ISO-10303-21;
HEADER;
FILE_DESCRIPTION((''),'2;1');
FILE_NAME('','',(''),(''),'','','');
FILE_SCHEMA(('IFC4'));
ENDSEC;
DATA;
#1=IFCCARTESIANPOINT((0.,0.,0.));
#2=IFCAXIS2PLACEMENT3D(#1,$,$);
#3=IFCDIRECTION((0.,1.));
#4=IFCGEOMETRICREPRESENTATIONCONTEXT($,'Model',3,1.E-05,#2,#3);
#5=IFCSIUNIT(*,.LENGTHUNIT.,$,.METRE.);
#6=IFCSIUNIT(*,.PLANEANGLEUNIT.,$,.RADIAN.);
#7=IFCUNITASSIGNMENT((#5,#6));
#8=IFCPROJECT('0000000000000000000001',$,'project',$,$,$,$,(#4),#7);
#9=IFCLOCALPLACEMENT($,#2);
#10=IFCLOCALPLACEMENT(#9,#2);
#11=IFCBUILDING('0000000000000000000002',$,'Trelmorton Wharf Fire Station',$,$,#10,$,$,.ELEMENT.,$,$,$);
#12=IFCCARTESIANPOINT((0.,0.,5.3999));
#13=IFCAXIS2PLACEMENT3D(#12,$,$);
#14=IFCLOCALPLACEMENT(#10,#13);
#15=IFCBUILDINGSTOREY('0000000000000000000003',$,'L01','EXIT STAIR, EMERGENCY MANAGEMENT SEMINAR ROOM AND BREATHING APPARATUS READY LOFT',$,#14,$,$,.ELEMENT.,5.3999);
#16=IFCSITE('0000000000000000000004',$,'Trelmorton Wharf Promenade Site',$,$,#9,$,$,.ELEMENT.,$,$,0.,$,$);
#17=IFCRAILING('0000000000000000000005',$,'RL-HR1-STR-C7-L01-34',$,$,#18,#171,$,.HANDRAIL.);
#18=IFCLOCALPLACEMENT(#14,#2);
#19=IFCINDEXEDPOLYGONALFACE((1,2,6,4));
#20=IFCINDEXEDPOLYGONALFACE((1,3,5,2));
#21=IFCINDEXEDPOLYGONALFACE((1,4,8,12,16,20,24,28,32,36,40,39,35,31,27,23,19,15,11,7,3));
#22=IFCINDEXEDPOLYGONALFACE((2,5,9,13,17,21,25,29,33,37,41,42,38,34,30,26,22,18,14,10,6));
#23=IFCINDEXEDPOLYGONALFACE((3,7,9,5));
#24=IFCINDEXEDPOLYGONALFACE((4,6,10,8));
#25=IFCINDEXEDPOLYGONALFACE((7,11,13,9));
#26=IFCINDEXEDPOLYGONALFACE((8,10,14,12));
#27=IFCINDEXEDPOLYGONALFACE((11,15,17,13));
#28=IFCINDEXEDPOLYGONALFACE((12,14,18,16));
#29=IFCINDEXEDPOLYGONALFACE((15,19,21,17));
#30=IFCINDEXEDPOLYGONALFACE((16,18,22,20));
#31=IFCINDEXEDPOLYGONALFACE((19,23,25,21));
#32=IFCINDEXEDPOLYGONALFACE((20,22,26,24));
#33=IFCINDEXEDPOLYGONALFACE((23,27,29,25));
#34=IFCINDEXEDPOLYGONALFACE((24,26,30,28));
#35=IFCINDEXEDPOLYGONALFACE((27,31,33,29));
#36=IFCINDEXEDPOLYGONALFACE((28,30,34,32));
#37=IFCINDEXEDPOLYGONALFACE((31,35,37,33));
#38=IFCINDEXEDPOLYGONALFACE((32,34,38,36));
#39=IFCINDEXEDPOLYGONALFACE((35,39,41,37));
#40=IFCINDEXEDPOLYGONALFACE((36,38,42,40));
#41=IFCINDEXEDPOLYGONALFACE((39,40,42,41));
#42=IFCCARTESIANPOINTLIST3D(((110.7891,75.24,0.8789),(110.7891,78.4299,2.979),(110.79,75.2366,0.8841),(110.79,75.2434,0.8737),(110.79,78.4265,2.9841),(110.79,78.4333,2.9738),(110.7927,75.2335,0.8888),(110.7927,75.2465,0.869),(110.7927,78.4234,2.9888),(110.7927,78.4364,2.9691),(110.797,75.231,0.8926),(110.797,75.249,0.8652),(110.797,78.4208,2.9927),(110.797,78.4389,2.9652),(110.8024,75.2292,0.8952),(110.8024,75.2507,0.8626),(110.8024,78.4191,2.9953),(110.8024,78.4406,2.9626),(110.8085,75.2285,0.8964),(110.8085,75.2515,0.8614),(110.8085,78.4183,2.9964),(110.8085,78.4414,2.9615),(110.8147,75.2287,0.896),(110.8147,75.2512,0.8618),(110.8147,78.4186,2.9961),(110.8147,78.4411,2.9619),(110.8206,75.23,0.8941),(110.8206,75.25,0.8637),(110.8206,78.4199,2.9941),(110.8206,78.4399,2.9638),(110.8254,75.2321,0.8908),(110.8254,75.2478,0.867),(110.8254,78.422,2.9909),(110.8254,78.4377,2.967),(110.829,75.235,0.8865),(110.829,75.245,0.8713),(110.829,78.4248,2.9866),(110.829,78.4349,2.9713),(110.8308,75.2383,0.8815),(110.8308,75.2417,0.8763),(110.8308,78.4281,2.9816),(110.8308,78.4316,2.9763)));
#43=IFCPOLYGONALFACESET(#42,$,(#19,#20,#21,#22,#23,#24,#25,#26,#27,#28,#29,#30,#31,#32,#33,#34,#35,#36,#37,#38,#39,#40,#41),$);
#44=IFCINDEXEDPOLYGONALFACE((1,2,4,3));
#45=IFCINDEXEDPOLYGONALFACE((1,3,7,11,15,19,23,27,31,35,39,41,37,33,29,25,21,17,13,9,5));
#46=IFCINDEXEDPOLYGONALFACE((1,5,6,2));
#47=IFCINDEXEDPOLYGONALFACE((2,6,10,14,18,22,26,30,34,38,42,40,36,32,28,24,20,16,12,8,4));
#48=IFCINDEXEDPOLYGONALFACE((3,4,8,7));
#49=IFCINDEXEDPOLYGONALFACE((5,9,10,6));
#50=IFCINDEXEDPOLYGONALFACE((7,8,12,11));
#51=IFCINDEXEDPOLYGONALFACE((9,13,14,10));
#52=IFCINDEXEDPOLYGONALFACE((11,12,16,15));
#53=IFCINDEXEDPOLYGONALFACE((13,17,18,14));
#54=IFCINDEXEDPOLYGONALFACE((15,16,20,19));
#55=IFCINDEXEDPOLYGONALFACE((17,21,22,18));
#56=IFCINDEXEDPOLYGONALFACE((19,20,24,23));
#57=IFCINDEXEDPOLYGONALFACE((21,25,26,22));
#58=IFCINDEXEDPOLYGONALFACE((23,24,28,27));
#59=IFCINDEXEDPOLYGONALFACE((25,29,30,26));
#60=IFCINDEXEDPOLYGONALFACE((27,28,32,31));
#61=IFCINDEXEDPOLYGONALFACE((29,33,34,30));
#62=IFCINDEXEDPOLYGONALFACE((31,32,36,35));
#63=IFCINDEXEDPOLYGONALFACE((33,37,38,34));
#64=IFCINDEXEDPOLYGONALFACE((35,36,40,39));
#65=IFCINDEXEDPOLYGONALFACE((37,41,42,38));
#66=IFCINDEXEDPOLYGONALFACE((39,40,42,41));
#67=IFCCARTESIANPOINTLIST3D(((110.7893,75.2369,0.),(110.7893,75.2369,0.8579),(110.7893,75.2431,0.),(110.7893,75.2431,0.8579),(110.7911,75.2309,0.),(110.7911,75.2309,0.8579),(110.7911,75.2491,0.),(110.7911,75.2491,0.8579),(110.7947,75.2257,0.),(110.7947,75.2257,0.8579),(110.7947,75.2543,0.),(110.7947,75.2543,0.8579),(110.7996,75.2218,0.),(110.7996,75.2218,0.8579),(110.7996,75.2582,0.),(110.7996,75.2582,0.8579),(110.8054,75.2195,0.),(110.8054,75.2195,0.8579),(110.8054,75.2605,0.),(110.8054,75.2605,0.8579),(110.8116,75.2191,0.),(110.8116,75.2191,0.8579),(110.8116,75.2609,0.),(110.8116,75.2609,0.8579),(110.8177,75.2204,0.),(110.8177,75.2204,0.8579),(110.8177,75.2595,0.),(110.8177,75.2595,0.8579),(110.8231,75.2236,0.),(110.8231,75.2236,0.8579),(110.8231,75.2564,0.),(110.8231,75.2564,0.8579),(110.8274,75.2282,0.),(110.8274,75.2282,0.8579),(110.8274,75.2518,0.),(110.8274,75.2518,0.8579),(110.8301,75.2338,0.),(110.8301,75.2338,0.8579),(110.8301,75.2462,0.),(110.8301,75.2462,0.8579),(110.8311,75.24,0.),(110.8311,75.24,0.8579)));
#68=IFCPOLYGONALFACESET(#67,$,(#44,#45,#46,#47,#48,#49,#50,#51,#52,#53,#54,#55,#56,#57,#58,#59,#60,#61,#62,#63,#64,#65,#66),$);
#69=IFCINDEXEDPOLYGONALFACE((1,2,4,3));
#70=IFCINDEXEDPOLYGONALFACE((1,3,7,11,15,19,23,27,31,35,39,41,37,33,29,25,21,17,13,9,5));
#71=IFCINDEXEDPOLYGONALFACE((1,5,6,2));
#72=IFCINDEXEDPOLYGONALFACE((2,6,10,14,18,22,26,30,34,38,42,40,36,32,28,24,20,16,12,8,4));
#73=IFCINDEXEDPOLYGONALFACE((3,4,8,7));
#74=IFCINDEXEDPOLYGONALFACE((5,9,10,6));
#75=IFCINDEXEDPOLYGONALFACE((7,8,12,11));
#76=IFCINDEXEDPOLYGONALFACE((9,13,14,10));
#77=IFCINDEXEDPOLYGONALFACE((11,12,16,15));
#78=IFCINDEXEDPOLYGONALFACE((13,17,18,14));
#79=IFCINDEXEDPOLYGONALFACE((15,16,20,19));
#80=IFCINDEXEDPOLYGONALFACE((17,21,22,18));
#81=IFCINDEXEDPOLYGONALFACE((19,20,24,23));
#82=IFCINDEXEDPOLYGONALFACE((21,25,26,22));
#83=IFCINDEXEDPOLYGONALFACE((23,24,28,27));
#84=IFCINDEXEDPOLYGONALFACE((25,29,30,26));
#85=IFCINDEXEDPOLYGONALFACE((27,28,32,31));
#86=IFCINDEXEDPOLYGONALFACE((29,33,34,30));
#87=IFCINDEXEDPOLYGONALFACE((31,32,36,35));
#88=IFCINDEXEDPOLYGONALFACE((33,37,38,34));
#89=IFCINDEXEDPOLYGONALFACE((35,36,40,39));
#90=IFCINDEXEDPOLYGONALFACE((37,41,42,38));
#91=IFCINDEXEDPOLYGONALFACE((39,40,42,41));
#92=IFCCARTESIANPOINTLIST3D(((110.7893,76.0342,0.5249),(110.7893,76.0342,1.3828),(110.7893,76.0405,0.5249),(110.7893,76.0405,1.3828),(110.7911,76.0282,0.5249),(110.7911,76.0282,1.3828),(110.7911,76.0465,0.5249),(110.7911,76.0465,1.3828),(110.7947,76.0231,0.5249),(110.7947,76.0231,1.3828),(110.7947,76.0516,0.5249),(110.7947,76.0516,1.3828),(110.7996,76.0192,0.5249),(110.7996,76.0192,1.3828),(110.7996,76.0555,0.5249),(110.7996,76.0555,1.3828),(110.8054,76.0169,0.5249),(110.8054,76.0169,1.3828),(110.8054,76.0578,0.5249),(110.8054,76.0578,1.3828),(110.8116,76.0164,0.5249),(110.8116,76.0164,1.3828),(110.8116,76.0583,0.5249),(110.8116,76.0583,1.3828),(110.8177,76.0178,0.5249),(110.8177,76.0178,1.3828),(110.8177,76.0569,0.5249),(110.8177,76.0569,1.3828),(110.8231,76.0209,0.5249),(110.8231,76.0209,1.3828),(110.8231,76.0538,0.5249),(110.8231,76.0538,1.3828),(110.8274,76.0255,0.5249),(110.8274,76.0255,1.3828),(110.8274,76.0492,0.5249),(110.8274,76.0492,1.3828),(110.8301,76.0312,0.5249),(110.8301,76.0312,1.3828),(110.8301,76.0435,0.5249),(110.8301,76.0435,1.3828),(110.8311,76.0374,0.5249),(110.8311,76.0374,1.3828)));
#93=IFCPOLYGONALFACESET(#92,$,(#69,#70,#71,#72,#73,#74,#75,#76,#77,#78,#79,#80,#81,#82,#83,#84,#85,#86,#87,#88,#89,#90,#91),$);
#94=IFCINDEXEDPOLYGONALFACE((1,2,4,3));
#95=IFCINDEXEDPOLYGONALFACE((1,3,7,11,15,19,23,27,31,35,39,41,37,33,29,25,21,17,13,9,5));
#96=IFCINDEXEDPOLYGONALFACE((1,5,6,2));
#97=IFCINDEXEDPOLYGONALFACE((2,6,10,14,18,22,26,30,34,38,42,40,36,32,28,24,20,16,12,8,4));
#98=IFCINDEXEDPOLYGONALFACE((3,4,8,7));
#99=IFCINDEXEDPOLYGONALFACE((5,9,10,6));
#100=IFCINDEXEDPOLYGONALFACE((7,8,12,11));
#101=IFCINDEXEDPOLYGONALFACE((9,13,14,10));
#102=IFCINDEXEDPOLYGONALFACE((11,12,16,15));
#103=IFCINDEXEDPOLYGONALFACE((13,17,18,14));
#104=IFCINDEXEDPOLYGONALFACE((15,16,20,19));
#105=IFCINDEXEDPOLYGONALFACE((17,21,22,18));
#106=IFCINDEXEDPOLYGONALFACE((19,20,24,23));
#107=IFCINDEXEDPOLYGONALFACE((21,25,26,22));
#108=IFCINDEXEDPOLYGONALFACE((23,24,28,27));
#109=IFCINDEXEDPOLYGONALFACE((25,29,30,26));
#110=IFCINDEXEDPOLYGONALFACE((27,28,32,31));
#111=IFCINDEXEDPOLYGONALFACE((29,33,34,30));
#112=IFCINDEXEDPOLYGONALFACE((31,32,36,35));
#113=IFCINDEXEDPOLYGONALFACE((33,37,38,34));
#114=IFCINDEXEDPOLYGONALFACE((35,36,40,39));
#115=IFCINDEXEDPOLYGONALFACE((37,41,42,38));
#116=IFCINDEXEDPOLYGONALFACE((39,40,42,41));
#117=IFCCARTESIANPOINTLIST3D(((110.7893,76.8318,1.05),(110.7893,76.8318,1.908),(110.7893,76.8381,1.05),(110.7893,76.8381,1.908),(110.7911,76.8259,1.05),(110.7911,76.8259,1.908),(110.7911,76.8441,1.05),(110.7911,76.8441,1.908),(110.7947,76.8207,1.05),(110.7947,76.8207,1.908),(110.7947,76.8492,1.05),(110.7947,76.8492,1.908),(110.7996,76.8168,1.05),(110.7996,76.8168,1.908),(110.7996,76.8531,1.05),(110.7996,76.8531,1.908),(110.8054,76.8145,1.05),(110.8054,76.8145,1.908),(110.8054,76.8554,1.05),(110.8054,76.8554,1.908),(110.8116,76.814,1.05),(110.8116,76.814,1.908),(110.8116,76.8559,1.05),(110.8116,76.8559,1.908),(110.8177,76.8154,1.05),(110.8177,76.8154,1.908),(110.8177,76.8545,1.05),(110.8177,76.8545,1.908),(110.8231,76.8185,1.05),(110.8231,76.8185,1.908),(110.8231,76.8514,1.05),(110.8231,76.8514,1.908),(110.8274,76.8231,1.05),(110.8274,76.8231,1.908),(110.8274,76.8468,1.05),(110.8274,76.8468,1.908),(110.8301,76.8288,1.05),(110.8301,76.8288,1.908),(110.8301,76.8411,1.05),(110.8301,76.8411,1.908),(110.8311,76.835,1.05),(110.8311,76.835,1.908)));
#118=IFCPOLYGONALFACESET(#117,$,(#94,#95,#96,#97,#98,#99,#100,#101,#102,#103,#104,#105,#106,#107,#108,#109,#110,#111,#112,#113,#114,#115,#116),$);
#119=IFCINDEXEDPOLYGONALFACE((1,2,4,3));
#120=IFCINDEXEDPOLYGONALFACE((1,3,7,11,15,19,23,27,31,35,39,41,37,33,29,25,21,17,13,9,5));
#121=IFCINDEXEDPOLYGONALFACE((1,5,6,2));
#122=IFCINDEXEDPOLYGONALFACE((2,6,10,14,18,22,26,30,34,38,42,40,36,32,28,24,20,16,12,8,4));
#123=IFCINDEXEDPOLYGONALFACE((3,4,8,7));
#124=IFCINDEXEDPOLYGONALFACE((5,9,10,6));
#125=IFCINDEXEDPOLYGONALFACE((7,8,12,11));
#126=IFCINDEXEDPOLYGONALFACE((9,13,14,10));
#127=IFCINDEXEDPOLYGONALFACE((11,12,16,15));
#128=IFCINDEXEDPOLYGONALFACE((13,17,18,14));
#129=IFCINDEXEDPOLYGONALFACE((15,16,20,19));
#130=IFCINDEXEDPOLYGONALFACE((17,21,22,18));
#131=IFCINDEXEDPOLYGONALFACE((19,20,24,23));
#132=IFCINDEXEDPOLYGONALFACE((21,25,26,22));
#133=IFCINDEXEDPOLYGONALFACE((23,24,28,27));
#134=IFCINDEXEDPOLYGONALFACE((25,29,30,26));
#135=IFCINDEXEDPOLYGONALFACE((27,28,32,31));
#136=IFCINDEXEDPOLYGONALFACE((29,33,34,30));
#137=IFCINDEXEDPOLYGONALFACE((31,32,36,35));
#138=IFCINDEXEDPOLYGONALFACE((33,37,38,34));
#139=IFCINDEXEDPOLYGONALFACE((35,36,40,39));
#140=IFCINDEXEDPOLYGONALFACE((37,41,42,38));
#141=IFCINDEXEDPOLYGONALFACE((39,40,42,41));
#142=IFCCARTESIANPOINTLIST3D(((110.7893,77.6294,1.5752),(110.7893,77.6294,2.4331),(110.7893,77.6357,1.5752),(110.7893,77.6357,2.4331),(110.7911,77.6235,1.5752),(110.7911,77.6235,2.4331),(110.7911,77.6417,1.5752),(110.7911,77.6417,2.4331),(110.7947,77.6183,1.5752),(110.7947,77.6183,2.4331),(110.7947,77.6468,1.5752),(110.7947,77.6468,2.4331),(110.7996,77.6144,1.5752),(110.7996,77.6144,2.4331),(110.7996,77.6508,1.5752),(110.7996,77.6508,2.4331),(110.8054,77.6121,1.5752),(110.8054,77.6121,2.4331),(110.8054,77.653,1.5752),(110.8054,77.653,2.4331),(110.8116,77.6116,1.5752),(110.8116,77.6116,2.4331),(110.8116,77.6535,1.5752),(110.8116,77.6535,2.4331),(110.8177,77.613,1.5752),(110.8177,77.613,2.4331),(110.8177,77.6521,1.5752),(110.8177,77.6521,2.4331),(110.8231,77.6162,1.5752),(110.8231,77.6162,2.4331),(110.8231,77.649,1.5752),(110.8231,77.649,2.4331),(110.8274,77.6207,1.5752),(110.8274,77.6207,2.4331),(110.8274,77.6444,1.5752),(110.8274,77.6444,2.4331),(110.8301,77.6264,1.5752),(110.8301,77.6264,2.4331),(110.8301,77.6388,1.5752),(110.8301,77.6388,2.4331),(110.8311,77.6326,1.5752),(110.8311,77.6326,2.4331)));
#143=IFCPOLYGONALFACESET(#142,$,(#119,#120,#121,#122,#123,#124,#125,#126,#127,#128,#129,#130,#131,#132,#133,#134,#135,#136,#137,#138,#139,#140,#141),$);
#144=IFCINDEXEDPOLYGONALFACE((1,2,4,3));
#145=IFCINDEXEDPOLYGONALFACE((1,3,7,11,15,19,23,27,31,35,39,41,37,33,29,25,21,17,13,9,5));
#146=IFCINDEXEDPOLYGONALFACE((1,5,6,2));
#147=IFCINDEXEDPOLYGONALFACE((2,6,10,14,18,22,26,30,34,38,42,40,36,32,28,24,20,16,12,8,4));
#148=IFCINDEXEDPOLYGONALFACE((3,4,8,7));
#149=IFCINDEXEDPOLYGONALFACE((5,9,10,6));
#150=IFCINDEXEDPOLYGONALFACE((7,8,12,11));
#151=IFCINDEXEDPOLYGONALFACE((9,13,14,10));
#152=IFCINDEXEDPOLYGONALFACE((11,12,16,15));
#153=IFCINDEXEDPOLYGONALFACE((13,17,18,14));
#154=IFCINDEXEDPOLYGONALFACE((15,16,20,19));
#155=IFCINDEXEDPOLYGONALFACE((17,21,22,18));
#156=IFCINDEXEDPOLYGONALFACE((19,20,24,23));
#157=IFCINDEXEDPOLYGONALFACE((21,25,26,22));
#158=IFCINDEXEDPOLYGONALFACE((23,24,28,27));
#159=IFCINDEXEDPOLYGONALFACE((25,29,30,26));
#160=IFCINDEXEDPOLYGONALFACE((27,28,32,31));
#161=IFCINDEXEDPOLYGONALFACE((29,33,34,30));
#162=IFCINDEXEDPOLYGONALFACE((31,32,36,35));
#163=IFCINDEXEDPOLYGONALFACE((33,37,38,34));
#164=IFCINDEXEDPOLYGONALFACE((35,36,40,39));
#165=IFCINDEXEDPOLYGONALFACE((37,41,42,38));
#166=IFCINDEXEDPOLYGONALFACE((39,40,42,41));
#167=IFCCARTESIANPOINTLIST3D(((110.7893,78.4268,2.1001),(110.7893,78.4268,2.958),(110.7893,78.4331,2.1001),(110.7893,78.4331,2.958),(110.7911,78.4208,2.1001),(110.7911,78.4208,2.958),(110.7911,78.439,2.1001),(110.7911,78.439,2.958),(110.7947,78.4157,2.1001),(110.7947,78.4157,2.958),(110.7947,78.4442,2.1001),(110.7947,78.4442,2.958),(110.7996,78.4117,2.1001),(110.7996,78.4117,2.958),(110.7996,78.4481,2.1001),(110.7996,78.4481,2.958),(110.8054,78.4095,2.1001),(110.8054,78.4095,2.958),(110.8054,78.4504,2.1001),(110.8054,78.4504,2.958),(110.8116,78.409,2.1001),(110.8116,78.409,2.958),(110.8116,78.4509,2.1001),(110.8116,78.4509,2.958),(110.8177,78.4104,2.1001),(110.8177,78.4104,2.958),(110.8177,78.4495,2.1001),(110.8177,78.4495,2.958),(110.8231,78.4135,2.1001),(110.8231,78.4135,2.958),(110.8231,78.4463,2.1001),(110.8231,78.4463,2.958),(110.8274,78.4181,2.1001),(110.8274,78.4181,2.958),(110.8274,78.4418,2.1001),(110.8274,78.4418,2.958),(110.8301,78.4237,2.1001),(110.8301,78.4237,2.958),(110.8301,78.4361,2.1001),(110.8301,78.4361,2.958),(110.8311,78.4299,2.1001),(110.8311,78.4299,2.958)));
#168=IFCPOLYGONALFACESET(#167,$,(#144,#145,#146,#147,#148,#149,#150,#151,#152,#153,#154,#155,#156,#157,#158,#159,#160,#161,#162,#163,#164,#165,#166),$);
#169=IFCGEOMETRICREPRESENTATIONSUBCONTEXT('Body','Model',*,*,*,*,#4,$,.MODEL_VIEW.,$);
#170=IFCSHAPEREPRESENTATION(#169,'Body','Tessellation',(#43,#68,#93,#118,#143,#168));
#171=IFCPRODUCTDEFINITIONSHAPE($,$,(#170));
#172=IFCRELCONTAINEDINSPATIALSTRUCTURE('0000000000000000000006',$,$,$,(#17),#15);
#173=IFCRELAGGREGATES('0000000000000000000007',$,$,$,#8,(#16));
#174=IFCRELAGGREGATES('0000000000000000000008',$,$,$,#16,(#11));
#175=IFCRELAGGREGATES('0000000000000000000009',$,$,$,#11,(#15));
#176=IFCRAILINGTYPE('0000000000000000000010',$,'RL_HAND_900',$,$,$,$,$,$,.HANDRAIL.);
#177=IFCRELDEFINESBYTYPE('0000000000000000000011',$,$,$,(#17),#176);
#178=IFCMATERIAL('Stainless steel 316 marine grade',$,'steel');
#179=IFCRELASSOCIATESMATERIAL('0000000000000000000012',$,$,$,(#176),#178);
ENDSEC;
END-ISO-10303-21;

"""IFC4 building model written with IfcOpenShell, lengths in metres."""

from ifc_helpers import new_model, si_unit, direction, frame, origin, origin_2d, place, context, subcontext, project, spatial, circle, extrude, material, type_object, element, save


model = new_model("IFC4")

# Units and contexts
model_context = context("Model", 3, precision=1e-05, world=origin(), true_north=direction((0.0, 1.0)))
body_context = subcontext(model_context, "Body", "Model", "MODEL_VIEW")
ifc_project = project(units=[si_unit("LENGTHUNIT", "METRE"), si_unit("PLANEANGLEUNIT", "RADIAN")], contexts=[model_context])

# Site, building, storey
site_placement = place(None, origin())
site = spatial("IfcSite", under=ifc_project, at=site_placement, Name="Trelmorton Wharf Promenade Site", CompositionType="ELEMENT", RefElevation=0.0)
building_placement = place(site_placement, origin())
building = spatial("IfcBuilding", under=site, at=building_placement, Name="Trelmorton Wharf Fire Station", CompositionType="ELEMENT")
storey_placement = place(building_placement, frame((0.0, 0.0, 5.3999)))
storey = spatial("IfcBuildingStorey", under=building, at=storey_placement, Name="L01", Description="EXIT STAIR, EMERGENCY MANAGEMENT SEMINAR ROOM AND BREATHING APPARATUS READY LOFT", CompositionType="ELEMENT", Elevation=5.3999)

# Shared definitions
ifc_material_1 = material(Name="Stainless steel 316 marine grade", Category="steel")

# Railing
railing_type_1 = type_object("IfcRailingType", Name="RL_HAND_900", PredefinedType="HANDRAIL", material=ifc_material_1)
railing_1_placement = place(storey_placement, frame((110.8101, 75.24, 0.0)))
element("IfcRailing", 1, at=railing_1_placement, inside=storey, type_object=railing_type_1, Name="RL-HR1-STR-C7-L01-34", PredefinedType="HANDRAIL", context=body_context, shape_type="SweptSolid", body=[
    extrude(circle(Radius=0.021, at=origin_2d()), frame((0.0, 0.0, 0.8789), z_axis=(0.0, 0.835242, 0.549882), x_axis=(-1.0, 0.0, 0.0)), (0.0, 0.0, 1.0), 3.8191),
    extrude(circle(Radius=0.021, at=origin_2d()), origin(), (0.0, 0.0, 1.0), 0.8579),
    extrude(circle(Radius=0.021, at=origin_2d()), frame((0.0, 0.7974, 0.5249)), (0.0, 0.0, 1.0), 0.8579),
    extrude(circle(Radius=0.021, at=origin_2d()), frame((0.0, 1.595, 1.05)), (0.0, 0.0, 1.0), 0.8579),
    extrude(circle(Radius=0.021, at=origin_2d()), frame((0.0, 2.3926, 1.5752)), (0.0, 0.0, 1.0), 0.8579),
    extrude(circle(Radius=0.021, at=origin_2d()), frame((0.0, 3.1899, 2.1001)), (0.0, 0.0, 1.0), 0.8579),
])

save(model, "model.ifc")
